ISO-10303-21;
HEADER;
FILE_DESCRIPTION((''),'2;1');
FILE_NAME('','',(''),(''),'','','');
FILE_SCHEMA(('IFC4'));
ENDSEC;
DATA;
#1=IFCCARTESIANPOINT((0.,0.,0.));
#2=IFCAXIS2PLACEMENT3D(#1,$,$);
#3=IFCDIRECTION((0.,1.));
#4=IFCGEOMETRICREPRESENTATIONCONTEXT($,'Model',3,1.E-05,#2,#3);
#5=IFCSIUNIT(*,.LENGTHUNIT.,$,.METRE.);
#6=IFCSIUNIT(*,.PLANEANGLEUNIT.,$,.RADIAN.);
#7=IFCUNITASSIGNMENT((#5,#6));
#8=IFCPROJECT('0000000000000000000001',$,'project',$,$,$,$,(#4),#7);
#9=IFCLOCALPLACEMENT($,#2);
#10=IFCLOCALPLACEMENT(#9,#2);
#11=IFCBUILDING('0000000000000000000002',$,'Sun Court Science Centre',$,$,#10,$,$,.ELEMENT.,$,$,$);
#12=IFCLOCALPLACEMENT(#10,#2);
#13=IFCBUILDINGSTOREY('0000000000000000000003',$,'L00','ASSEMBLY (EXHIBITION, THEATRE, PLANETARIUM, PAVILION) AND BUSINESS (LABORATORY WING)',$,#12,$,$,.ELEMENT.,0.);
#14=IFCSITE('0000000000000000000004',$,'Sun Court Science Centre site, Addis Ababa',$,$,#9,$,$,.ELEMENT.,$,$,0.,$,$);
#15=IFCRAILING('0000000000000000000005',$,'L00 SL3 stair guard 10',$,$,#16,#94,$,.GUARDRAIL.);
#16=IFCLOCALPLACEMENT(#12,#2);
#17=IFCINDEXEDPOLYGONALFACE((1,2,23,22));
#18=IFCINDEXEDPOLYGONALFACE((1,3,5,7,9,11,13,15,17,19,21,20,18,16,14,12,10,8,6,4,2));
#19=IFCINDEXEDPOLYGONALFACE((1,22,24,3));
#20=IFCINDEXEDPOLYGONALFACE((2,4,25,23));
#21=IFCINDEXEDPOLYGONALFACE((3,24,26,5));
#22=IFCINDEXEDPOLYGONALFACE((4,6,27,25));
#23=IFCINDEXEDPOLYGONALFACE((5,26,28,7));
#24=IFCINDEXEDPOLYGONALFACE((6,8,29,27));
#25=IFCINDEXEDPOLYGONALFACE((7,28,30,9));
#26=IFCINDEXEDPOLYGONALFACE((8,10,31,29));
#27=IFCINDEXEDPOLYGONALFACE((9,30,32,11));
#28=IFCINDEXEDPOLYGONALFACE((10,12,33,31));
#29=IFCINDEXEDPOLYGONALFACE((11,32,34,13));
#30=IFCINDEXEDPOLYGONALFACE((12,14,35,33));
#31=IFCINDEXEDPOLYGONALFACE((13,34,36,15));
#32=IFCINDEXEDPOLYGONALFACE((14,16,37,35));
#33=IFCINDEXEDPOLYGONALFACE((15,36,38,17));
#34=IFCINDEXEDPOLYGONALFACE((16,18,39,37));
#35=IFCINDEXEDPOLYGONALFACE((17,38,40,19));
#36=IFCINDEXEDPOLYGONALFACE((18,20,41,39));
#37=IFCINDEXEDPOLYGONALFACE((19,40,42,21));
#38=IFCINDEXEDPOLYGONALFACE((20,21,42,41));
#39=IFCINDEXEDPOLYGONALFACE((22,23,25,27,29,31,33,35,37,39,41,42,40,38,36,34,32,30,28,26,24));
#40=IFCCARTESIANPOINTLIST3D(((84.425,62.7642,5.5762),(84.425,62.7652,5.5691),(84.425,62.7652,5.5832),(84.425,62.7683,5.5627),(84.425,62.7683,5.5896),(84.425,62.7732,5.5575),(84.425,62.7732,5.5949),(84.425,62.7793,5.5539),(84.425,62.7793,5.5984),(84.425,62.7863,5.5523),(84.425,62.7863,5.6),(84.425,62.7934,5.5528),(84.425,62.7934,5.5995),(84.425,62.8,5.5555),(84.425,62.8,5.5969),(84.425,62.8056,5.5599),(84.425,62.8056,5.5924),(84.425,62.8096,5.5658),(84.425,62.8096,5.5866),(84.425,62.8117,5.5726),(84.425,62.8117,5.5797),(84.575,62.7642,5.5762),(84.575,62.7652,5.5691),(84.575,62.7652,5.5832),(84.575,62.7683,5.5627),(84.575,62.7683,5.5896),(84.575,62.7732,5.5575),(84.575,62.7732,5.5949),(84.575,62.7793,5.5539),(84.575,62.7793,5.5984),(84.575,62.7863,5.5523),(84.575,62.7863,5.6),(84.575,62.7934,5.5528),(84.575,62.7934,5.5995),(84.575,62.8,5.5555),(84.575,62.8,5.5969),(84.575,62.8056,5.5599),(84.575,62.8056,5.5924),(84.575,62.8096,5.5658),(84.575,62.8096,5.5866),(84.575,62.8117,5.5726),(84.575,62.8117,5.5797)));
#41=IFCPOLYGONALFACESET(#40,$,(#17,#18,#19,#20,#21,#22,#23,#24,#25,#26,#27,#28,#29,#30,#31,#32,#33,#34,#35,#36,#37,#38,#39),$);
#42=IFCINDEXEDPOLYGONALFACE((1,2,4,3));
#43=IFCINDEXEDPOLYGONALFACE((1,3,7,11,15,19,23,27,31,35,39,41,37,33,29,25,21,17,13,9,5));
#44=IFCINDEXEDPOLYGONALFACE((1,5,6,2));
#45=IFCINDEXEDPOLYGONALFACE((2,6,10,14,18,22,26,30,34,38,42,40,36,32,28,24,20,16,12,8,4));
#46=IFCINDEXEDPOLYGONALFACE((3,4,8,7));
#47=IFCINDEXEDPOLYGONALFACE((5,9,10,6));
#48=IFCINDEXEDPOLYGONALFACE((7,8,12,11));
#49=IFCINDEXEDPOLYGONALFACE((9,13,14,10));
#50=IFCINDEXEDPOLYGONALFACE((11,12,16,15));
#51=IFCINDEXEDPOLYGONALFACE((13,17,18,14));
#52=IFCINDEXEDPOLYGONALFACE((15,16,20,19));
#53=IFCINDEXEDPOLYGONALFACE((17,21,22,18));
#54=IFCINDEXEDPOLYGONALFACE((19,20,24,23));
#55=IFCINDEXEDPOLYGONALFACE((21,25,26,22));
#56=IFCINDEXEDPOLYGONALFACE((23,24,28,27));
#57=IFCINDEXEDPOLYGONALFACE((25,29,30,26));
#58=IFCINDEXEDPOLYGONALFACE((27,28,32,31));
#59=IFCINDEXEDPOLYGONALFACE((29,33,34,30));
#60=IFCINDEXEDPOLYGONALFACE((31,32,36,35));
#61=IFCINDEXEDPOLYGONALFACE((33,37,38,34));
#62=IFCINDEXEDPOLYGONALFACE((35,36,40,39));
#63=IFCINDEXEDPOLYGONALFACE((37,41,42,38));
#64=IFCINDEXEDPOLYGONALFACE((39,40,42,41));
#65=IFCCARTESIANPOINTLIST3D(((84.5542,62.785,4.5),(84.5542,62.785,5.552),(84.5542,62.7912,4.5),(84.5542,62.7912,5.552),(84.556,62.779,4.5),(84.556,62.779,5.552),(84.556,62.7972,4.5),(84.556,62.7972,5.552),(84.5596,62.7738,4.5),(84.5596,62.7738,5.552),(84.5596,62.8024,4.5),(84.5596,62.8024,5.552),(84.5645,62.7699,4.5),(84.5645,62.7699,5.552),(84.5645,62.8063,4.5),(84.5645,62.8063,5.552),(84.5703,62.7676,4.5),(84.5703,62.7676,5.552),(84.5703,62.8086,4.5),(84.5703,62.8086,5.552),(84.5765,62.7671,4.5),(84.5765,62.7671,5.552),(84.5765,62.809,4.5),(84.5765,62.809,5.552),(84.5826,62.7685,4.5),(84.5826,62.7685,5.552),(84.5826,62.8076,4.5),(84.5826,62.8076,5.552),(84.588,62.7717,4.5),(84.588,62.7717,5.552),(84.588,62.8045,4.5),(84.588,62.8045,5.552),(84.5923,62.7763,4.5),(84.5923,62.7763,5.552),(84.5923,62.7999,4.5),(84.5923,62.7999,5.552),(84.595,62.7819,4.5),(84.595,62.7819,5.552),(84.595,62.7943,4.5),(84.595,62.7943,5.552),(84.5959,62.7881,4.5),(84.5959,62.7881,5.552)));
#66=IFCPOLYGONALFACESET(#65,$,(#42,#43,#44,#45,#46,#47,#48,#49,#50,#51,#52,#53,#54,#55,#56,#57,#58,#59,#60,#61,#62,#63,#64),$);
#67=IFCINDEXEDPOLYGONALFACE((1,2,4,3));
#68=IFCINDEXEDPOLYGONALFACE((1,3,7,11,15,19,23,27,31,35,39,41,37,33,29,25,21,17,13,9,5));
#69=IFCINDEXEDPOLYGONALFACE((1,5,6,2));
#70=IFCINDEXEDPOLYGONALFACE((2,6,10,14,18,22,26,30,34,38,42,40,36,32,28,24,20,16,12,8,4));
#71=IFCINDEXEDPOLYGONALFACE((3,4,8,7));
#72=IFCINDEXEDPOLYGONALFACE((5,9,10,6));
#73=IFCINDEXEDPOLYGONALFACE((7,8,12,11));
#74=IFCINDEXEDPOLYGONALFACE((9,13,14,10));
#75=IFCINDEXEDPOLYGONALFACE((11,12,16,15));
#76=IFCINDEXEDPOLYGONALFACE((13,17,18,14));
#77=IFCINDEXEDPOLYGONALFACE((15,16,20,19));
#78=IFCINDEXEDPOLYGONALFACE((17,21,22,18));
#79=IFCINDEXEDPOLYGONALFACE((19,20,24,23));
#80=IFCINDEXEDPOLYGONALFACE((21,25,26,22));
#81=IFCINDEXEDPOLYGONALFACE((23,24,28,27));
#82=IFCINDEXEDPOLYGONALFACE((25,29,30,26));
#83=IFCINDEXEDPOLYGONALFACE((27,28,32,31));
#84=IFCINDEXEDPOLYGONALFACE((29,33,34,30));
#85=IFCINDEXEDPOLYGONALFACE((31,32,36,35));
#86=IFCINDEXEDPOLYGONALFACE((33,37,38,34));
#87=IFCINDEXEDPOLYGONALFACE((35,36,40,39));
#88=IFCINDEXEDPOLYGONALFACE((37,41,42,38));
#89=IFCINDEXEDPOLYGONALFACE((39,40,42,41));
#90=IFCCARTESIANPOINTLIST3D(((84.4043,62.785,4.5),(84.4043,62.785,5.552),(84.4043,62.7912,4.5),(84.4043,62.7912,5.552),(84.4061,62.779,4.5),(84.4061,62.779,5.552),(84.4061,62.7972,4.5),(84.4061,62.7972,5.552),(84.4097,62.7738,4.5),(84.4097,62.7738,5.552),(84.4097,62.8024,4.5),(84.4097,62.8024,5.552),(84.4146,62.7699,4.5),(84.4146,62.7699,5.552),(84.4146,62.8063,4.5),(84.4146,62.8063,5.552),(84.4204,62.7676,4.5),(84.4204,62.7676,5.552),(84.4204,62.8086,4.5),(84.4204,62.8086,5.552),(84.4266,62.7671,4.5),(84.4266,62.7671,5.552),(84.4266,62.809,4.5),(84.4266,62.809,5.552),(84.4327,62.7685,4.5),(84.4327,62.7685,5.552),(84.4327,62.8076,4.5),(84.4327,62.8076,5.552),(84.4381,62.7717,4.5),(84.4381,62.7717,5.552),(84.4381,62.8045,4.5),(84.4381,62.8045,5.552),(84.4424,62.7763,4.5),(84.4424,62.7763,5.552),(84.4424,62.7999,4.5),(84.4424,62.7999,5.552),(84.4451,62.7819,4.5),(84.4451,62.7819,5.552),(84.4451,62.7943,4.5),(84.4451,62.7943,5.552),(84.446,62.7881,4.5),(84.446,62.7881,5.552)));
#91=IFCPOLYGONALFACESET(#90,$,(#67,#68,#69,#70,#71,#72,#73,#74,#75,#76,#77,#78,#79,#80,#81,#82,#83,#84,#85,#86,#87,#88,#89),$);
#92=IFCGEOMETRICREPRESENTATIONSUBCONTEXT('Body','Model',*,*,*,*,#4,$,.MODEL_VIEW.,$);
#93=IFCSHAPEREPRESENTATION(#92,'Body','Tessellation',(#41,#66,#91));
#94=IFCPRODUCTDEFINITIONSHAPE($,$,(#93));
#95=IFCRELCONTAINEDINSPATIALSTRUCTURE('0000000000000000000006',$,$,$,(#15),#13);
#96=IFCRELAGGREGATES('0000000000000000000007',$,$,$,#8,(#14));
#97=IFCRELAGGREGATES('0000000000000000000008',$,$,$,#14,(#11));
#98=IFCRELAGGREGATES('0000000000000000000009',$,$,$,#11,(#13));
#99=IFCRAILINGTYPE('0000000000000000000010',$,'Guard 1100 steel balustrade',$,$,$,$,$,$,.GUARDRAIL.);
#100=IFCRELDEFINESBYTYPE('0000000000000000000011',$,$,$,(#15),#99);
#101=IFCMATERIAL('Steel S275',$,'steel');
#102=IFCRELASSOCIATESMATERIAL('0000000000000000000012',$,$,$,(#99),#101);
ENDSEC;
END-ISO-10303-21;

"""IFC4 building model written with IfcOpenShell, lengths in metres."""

from ifc_helpers import new_model, si_unit, direction, frame, origin, origin_2d, place, context, subcontext, project, spatial, circle, extrude, material, type_object, element, save


model = new_model("IFC4")

# Units and contexts
model_context = context("Model", 3, precision=1e-05, world=origin(), true_north=direction((0.0, 1.0)))
body_context = subcontext(model_context, "Body", "Model", "MODEL_VIEW")
ifc_project = project(units=[si_unit("LENGTHUNIT", "METRE"), si_unit("PLANEANGLEUNIT", "RADIAN")], contexts=[model_context])

# Site, building, storey
site_placement = place(None, origin())
site = spatial("IfcSite", under=ifc_project, at=site_placement, Name="Sun Court Science Centre site, Addis Ababa", CompositionType="ELEMENT", RefElevation=0.0)
building_placement = place(site_placement, origin())
building = spatial("IfcBuilding", under=site, at=building_placement, Name="Sun Court Science Centre", CompositionType="ELEMENT")
storey_placement = place(building_placement, origin())
storey = spatial("IfcBuildingStorey", under=building, at=storey_placement, Name="L00", Description="ASSEMBLY (EXHIBITION, THEATRE, PLANETARIUM, PAVILION) AND BUSINESS (LABORATORY WING)", CompositionType="ELEMENT", Elevation=0.0)

# Railing
ifc_material_1 = material(Name="Steel S275", Category="steel")
railing_type_1 = type_object("IfcRailingType", Name="Guard 1100 steel balustrade", PredefinedType="GUARDRAIL", material=ifc_material_1)
railing_1_placement = place(storey_placement, frame((84.575, 62.7881, 4.5)))
element("IfcRailing", 1, at=railing_1_placement, inside=storey, type_object=railing_type_1, Name="L00 SL3 stair guard 10", PredefinedType="GUARDRAIL", context=body_context, shape_type="SweptSolid", body=[
    extrude(circle(Radius=0.0239, at=origin_2d()), frame((0.0, 0.0, 1.0762), z_axis=(-1.0, 0.0, 0.0), x_axis=(0.0, -1.0, 0.0)), (0.0, 0.0, 1.0), 0.1499),
    extrude(circle(Radius=0.021, at=origin_2d()), origin(), (0.0, 0.0, 1.0), 1.052),
    extrude(circle(Radius=0.021, at=origin_2d()), frame((-0.1499, 0.0, 0.0)), (0.0, 0.0, 1.0), 1.052),
])

save(model, "model.ifc")
